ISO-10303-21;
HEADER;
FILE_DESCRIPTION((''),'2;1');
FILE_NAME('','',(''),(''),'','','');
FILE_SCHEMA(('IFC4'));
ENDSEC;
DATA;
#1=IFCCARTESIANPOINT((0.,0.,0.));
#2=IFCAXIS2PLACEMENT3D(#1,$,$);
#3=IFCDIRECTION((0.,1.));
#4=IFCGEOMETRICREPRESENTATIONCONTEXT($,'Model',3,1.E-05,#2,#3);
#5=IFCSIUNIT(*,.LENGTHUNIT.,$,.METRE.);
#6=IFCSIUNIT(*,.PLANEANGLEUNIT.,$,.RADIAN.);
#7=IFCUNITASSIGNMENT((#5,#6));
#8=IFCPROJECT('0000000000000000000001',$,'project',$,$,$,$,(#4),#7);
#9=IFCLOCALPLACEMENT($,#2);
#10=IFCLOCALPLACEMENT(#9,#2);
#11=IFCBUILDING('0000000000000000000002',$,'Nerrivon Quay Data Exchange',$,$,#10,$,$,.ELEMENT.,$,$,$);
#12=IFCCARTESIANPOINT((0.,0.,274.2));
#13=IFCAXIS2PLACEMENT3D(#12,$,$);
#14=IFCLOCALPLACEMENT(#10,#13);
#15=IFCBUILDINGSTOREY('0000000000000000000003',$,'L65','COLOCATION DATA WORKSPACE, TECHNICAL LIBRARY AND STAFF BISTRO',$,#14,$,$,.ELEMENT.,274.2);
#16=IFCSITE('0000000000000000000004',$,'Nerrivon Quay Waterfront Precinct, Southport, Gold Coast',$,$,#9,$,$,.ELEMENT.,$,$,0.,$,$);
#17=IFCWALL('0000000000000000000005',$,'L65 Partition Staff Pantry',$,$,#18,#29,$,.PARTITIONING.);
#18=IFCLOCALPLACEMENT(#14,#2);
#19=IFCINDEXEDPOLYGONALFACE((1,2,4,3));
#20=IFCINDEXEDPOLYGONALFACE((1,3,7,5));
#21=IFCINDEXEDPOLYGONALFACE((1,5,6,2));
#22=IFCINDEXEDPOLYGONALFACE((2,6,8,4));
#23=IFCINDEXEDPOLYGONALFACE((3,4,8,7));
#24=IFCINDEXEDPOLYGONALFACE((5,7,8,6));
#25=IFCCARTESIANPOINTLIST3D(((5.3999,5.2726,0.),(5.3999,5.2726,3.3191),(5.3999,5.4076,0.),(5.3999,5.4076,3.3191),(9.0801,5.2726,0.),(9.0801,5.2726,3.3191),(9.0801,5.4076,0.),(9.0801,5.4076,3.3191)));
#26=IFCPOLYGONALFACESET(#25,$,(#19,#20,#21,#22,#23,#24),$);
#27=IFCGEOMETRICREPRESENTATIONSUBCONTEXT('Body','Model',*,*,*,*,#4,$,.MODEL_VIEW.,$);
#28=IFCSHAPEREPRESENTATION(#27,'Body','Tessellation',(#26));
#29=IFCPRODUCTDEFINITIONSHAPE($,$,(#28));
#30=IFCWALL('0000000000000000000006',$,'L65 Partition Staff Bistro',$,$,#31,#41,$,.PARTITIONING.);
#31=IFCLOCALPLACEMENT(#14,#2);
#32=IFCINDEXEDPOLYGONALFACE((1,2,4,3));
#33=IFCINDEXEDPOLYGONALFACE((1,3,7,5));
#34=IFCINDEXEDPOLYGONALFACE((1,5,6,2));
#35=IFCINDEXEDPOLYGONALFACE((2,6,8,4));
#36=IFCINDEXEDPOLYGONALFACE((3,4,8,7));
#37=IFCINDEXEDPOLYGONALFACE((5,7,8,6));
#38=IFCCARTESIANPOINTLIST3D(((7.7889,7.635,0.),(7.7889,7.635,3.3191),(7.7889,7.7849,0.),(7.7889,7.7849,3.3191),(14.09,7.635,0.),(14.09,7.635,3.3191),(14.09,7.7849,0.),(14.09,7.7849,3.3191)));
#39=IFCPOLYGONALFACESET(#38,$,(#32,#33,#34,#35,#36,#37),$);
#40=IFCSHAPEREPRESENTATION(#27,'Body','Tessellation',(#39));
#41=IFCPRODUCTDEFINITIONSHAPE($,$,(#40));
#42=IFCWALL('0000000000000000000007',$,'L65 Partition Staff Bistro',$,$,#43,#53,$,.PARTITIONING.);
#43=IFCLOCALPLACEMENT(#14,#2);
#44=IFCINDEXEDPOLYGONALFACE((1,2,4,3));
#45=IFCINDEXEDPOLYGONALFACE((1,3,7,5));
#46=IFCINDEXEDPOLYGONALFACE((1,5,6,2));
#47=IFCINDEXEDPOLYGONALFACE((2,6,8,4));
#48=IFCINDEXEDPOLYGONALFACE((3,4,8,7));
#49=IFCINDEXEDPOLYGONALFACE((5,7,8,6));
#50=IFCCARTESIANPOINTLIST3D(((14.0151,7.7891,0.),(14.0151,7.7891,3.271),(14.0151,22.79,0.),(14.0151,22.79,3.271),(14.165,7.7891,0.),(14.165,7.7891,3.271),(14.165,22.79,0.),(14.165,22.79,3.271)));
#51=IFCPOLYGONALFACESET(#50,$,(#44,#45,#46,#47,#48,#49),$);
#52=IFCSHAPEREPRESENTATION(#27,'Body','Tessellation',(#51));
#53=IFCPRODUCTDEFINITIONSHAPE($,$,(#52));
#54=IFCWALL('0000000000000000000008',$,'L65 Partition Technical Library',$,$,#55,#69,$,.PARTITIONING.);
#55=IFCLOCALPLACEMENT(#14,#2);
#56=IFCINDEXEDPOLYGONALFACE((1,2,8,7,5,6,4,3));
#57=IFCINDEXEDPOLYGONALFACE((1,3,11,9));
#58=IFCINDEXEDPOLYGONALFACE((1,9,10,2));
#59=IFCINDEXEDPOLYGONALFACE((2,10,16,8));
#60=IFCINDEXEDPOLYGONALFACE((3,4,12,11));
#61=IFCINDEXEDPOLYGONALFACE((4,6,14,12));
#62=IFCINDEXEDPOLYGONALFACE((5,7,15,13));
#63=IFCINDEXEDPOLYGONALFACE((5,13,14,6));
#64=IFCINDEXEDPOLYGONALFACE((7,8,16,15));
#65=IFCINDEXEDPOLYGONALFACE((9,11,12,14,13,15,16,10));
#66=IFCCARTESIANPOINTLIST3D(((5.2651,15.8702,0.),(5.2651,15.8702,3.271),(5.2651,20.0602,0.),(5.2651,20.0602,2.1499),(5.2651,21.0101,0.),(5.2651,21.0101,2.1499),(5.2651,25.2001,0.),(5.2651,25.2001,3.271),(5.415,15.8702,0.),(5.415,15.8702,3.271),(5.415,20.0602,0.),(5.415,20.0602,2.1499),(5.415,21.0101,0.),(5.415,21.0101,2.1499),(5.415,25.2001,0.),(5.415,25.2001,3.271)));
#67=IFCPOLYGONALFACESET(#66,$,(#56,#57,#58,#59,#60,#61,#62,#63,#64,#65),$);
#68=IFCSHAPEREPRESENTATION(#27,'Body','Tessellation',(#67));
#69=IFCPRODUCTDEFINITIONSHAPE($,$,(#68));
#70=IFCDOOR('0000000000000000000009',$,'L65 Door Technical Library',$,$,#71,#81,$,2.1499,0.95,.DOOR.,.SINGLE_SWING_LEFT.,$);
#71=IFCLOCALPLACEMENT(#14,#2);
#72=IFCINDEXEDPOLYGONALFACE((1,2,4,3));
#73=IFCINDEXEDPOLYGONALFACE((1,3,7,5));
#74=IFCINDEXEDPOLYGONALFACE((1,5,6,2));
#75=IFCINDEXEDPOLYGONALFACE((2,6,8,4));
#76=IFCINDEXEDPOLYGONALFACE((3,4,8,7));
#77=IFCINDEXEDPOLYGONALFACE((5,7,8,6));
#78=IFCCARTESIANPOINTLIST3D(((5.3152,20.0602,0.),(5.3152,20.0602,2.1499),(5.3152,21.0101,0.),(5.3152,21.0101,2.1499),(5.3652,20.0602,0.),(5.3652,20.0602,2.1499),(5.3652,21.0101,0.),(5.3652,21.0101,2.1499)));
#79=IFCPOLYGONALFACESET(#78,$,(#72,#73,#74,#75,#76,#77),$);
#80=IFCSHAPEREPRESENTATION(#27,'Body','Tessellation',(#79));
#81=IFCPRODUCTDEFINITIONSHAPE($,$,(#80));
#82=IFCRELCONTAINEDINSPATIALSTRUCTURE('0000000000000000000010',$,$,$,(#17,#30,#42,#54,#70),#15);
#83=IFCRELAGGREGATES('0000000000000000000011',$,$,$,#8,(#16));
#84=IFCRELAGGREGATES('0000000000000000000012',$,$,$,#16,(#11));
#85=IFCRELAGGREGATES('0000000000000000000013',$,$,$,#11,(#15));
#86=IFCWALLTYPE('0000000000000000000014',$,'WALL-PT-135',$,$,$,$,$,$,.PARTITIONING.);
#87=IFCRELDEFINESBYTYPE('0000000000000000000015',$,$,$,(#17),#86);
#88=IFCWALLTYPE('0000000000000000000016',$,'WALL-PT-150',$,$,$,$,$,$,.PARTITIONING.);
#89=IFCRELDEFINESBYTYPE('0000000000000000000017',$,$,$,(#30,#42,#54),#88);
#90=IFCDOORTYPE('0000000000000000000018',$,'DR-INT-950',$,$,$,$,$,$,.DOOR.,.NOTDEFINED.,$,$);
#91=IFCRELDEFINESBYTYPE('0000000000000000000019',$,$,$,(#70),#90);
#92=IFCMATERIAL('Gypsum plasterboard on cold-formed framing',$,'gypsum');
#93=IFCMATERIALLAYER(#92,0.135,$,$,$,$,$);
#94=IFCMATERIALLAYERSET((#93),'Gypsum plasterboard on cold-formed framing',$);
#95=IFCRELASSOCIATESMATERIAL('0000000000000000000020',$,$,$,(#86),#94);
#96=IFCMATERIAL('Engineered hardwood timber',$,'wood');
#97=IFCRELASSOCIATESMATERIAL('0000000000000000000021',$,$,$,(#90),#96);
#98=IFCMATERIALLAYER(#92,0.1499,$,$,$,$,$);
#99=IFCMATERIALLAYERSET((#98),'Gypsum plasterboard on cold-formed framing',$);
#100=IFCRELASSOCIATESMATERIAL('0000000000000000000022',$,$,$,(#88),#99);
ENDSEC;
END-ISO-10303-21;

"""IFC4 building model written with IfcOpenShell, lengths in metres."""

from ifc_helpers import new_model, si_unit, direction, frame, frame_2d, origin, place, context, subcontext, project, spatial, rectangle, extrude, material, layer, layer_set, type_object, element, fill, save


model = new_model("IFC4")

# Units and contexts
model_context = context("Model", 3, precision=1e-05, world=origin(), true_north=direction((0.0, 1.0)))
body_context = subcontext(model_context, "Body", "Model", "MODEL_VIEW")
ifc_project = project(units=[si_unit("LENGTHUNIT", "METRE"), si_unit("PLANEANGLEUNIT", "RADIAN")], contexts=[model_context])

# Site, building, storey
site_placement = place(None, origin())
site = spatial("IfcSite", under=ifc_project, at=site_placement, Name="Nerrivon Quay Waterfront Precinct, Southport, Gold Coast", CompositionType="ELEMENT", RefElevation=0.0)
building_placement = place(site_placement, origin())
building = spatial("IfcBuilding", under=site, at=building_placement, Name="Nerrivon Quay Data Exchange", CompositionType="ELEMENT")
storey_placement = place(building_placement, frame((0.0, 0.0, 274.2)))
storey = spatial("IfcBuildingStorey", under=building, at=storey_placement, Name="L65", Description="COLOCATION DATA WORKSPACE, TECHNICAL LIBRARY AND STAFF BISTRO", CompositionType="ELEMENT", Elevation=274.2)

# Shared definitions
ifc_material_1 = material(Name="Gypsum plasterboard on cold-formed framing", Category="gypsum")
ifc_material_2 = material(Name="Engineered hardwood timber", Category="wood")

# Wall
ifc_layer_1 = layer(ifc_material_1, 0.135)
ifc_layer_set_1 = layer_set([ifc_layer_1], Name="Gypsum plasterboard on cold-formed framing")
wall_type_1 = type_object("IfcWallType", Name="WALL-PT-135", PredefinedType="PARTITIONING", material=ifc_layer_set_1)
wall_1_placement = place(storey_placement, frame((9.0801, 5.3401, 0.0), z_axis=(0.0, 0.0, 1.0), x_axis=(-1.0, 0.0, 0.0)))
element("IfcWall", 1, at=wall_1_placement, inside=storey, type_object=wall_type_1, Name="L65 Partition Staff Pantry", PredefinedType="PARTITIONING", context=body_context, shape_type="SweptSolid", body=[
    extrude(rectangle(XDim=3.6802, YDim=0.135, at=frame_2d((1.8401, 0.0))), origin(), (0.0, 0.0, 1.0), 3.3191),
])

# Shared definitions
door_type_1 = type_object("IfcDoorType", Name="DR-INT-950", OperationType="NOTDEFINED", PredefinedType="DOOR", material=ifc_material_2)

# Walls
ifc_layer_2 = layer(ifc_material_1, 0.1499)
ifc_layer_set_2 = layer_set([ifc_layer_2], Name="Gypsum plasterboard on cold-formed framing")
wall_type_2 = type_object("IfcWallType", Name="WALL-PT-150", PredefinedType="PARTITIONING", material=ifc_layer_set_2)
wall_2_placement = place(storey_placement, frame((7.7891, 7.71, 0.0), z_axis=(0.0, 0.0, 1.0), x_axis=(1.0, 0.0, 0.0)))
element("IfcWall", 2, at=wall_2_placement, inside=storey, type_object=wall_type_2, Name="L65 Partition Staff Bistro", PredefinedType="PARTITIONING", context=body_context, shape_type="SweptSolid", body=[
    extrude(rectangle(XDim=6.301, YDim=0.1499, at=frame_2d((3.1504, 0.0))), origin(), (0.0, 0.0, 1.0), 3.3191),
])
wall_3_placement = place(storey_placement, frame((14.0901, 7.7891, 0.0), z_axis=(0.0, 0.0, 1.0), x_axis=(0.0, 1.0, 0.0)))
element("IfcWall", 3, at=wall_3_placement, inside=storey, type_object=wall_type_2, Name="L65 Partition Staff Bistro", PredefinedType="PARTITIONING", context=body_context, shape_type="SweptSolid", body=[
    extrude(rectangle(XDim=15.001, YDim=0.1499, at=frame_2d((7.5005, 0.0))), origin(), (0.0, 0.0, 1.0), 3.271),
])

# Wall, opening, door
wall_4_placement = place(storey_placement, frame((5.3401, 15.8701, 0.0), z_axis=(0.0, 0.0, 1.0), x_axis=(0.0, 1.0, 0.0)))
wall_4 = element("IfcWall", 4, at=wall_4_placement, inside=storey, type_object=wall_type_2, Name="L65 Partition Technical Library", PredefinedType="PARTITIONING", context=body_context, shape_type="SweptSolid", body=[
    extrude(rectangle(XDim=9.3298, YDim=0.1499, at=frame_2d((4.665, 0.0))), origin(), (0.0, 0.0, 1.0), 3.271),
])
opening_1_placement = place(wall_4_placement, frame((4.1899, 0.0, 0.0)))
opening_1 = element("IfcOpeningElement", 5, at=opening_1_placement, cuts=wall_4, PredefinedType="OPENING", context=body_context, shape_type="SweptSolid", body=[
    extrude(rectangle(XDim=0.95, YDim=2.1499, at=frame_2d((0.4751, 1.075))), frame((0.0, 0.085, 0.0), z_axis=(0.0, -1.0, 0.0), x_axis=(1.0, 0.0, 0.0)), (0.0, 0.0, 1.0), 0.1699),
])
door_1_placement = place(opening_1_placement, origin())
door_1 = element("IfcDoor", 6, at=door_1_placement, inside=storey, type_object=door_type_1, Name="L65 Door Technical Library", OperationType="SINGLE_SWING_LEFT", OverallHeight=2.1499, OverallWidth=0.95, PredefinedType="DOOR", context=body_context, shape_type="SweptSolid", body=[
    extrude(rectangle(XDim=0.95, YDim=2.1499, at=frame_2d((0.4751, 1.075))), frame((0.0, 0.0249, 0.0), z_axis=(0.0, -1.0, 0.0), x_axis=(1.0, 0.0, 0.0)), (0.0, 0.0, 1.0), 0.05),
])
fill(opening_1, door_1)

save(model, "model.ifc")
